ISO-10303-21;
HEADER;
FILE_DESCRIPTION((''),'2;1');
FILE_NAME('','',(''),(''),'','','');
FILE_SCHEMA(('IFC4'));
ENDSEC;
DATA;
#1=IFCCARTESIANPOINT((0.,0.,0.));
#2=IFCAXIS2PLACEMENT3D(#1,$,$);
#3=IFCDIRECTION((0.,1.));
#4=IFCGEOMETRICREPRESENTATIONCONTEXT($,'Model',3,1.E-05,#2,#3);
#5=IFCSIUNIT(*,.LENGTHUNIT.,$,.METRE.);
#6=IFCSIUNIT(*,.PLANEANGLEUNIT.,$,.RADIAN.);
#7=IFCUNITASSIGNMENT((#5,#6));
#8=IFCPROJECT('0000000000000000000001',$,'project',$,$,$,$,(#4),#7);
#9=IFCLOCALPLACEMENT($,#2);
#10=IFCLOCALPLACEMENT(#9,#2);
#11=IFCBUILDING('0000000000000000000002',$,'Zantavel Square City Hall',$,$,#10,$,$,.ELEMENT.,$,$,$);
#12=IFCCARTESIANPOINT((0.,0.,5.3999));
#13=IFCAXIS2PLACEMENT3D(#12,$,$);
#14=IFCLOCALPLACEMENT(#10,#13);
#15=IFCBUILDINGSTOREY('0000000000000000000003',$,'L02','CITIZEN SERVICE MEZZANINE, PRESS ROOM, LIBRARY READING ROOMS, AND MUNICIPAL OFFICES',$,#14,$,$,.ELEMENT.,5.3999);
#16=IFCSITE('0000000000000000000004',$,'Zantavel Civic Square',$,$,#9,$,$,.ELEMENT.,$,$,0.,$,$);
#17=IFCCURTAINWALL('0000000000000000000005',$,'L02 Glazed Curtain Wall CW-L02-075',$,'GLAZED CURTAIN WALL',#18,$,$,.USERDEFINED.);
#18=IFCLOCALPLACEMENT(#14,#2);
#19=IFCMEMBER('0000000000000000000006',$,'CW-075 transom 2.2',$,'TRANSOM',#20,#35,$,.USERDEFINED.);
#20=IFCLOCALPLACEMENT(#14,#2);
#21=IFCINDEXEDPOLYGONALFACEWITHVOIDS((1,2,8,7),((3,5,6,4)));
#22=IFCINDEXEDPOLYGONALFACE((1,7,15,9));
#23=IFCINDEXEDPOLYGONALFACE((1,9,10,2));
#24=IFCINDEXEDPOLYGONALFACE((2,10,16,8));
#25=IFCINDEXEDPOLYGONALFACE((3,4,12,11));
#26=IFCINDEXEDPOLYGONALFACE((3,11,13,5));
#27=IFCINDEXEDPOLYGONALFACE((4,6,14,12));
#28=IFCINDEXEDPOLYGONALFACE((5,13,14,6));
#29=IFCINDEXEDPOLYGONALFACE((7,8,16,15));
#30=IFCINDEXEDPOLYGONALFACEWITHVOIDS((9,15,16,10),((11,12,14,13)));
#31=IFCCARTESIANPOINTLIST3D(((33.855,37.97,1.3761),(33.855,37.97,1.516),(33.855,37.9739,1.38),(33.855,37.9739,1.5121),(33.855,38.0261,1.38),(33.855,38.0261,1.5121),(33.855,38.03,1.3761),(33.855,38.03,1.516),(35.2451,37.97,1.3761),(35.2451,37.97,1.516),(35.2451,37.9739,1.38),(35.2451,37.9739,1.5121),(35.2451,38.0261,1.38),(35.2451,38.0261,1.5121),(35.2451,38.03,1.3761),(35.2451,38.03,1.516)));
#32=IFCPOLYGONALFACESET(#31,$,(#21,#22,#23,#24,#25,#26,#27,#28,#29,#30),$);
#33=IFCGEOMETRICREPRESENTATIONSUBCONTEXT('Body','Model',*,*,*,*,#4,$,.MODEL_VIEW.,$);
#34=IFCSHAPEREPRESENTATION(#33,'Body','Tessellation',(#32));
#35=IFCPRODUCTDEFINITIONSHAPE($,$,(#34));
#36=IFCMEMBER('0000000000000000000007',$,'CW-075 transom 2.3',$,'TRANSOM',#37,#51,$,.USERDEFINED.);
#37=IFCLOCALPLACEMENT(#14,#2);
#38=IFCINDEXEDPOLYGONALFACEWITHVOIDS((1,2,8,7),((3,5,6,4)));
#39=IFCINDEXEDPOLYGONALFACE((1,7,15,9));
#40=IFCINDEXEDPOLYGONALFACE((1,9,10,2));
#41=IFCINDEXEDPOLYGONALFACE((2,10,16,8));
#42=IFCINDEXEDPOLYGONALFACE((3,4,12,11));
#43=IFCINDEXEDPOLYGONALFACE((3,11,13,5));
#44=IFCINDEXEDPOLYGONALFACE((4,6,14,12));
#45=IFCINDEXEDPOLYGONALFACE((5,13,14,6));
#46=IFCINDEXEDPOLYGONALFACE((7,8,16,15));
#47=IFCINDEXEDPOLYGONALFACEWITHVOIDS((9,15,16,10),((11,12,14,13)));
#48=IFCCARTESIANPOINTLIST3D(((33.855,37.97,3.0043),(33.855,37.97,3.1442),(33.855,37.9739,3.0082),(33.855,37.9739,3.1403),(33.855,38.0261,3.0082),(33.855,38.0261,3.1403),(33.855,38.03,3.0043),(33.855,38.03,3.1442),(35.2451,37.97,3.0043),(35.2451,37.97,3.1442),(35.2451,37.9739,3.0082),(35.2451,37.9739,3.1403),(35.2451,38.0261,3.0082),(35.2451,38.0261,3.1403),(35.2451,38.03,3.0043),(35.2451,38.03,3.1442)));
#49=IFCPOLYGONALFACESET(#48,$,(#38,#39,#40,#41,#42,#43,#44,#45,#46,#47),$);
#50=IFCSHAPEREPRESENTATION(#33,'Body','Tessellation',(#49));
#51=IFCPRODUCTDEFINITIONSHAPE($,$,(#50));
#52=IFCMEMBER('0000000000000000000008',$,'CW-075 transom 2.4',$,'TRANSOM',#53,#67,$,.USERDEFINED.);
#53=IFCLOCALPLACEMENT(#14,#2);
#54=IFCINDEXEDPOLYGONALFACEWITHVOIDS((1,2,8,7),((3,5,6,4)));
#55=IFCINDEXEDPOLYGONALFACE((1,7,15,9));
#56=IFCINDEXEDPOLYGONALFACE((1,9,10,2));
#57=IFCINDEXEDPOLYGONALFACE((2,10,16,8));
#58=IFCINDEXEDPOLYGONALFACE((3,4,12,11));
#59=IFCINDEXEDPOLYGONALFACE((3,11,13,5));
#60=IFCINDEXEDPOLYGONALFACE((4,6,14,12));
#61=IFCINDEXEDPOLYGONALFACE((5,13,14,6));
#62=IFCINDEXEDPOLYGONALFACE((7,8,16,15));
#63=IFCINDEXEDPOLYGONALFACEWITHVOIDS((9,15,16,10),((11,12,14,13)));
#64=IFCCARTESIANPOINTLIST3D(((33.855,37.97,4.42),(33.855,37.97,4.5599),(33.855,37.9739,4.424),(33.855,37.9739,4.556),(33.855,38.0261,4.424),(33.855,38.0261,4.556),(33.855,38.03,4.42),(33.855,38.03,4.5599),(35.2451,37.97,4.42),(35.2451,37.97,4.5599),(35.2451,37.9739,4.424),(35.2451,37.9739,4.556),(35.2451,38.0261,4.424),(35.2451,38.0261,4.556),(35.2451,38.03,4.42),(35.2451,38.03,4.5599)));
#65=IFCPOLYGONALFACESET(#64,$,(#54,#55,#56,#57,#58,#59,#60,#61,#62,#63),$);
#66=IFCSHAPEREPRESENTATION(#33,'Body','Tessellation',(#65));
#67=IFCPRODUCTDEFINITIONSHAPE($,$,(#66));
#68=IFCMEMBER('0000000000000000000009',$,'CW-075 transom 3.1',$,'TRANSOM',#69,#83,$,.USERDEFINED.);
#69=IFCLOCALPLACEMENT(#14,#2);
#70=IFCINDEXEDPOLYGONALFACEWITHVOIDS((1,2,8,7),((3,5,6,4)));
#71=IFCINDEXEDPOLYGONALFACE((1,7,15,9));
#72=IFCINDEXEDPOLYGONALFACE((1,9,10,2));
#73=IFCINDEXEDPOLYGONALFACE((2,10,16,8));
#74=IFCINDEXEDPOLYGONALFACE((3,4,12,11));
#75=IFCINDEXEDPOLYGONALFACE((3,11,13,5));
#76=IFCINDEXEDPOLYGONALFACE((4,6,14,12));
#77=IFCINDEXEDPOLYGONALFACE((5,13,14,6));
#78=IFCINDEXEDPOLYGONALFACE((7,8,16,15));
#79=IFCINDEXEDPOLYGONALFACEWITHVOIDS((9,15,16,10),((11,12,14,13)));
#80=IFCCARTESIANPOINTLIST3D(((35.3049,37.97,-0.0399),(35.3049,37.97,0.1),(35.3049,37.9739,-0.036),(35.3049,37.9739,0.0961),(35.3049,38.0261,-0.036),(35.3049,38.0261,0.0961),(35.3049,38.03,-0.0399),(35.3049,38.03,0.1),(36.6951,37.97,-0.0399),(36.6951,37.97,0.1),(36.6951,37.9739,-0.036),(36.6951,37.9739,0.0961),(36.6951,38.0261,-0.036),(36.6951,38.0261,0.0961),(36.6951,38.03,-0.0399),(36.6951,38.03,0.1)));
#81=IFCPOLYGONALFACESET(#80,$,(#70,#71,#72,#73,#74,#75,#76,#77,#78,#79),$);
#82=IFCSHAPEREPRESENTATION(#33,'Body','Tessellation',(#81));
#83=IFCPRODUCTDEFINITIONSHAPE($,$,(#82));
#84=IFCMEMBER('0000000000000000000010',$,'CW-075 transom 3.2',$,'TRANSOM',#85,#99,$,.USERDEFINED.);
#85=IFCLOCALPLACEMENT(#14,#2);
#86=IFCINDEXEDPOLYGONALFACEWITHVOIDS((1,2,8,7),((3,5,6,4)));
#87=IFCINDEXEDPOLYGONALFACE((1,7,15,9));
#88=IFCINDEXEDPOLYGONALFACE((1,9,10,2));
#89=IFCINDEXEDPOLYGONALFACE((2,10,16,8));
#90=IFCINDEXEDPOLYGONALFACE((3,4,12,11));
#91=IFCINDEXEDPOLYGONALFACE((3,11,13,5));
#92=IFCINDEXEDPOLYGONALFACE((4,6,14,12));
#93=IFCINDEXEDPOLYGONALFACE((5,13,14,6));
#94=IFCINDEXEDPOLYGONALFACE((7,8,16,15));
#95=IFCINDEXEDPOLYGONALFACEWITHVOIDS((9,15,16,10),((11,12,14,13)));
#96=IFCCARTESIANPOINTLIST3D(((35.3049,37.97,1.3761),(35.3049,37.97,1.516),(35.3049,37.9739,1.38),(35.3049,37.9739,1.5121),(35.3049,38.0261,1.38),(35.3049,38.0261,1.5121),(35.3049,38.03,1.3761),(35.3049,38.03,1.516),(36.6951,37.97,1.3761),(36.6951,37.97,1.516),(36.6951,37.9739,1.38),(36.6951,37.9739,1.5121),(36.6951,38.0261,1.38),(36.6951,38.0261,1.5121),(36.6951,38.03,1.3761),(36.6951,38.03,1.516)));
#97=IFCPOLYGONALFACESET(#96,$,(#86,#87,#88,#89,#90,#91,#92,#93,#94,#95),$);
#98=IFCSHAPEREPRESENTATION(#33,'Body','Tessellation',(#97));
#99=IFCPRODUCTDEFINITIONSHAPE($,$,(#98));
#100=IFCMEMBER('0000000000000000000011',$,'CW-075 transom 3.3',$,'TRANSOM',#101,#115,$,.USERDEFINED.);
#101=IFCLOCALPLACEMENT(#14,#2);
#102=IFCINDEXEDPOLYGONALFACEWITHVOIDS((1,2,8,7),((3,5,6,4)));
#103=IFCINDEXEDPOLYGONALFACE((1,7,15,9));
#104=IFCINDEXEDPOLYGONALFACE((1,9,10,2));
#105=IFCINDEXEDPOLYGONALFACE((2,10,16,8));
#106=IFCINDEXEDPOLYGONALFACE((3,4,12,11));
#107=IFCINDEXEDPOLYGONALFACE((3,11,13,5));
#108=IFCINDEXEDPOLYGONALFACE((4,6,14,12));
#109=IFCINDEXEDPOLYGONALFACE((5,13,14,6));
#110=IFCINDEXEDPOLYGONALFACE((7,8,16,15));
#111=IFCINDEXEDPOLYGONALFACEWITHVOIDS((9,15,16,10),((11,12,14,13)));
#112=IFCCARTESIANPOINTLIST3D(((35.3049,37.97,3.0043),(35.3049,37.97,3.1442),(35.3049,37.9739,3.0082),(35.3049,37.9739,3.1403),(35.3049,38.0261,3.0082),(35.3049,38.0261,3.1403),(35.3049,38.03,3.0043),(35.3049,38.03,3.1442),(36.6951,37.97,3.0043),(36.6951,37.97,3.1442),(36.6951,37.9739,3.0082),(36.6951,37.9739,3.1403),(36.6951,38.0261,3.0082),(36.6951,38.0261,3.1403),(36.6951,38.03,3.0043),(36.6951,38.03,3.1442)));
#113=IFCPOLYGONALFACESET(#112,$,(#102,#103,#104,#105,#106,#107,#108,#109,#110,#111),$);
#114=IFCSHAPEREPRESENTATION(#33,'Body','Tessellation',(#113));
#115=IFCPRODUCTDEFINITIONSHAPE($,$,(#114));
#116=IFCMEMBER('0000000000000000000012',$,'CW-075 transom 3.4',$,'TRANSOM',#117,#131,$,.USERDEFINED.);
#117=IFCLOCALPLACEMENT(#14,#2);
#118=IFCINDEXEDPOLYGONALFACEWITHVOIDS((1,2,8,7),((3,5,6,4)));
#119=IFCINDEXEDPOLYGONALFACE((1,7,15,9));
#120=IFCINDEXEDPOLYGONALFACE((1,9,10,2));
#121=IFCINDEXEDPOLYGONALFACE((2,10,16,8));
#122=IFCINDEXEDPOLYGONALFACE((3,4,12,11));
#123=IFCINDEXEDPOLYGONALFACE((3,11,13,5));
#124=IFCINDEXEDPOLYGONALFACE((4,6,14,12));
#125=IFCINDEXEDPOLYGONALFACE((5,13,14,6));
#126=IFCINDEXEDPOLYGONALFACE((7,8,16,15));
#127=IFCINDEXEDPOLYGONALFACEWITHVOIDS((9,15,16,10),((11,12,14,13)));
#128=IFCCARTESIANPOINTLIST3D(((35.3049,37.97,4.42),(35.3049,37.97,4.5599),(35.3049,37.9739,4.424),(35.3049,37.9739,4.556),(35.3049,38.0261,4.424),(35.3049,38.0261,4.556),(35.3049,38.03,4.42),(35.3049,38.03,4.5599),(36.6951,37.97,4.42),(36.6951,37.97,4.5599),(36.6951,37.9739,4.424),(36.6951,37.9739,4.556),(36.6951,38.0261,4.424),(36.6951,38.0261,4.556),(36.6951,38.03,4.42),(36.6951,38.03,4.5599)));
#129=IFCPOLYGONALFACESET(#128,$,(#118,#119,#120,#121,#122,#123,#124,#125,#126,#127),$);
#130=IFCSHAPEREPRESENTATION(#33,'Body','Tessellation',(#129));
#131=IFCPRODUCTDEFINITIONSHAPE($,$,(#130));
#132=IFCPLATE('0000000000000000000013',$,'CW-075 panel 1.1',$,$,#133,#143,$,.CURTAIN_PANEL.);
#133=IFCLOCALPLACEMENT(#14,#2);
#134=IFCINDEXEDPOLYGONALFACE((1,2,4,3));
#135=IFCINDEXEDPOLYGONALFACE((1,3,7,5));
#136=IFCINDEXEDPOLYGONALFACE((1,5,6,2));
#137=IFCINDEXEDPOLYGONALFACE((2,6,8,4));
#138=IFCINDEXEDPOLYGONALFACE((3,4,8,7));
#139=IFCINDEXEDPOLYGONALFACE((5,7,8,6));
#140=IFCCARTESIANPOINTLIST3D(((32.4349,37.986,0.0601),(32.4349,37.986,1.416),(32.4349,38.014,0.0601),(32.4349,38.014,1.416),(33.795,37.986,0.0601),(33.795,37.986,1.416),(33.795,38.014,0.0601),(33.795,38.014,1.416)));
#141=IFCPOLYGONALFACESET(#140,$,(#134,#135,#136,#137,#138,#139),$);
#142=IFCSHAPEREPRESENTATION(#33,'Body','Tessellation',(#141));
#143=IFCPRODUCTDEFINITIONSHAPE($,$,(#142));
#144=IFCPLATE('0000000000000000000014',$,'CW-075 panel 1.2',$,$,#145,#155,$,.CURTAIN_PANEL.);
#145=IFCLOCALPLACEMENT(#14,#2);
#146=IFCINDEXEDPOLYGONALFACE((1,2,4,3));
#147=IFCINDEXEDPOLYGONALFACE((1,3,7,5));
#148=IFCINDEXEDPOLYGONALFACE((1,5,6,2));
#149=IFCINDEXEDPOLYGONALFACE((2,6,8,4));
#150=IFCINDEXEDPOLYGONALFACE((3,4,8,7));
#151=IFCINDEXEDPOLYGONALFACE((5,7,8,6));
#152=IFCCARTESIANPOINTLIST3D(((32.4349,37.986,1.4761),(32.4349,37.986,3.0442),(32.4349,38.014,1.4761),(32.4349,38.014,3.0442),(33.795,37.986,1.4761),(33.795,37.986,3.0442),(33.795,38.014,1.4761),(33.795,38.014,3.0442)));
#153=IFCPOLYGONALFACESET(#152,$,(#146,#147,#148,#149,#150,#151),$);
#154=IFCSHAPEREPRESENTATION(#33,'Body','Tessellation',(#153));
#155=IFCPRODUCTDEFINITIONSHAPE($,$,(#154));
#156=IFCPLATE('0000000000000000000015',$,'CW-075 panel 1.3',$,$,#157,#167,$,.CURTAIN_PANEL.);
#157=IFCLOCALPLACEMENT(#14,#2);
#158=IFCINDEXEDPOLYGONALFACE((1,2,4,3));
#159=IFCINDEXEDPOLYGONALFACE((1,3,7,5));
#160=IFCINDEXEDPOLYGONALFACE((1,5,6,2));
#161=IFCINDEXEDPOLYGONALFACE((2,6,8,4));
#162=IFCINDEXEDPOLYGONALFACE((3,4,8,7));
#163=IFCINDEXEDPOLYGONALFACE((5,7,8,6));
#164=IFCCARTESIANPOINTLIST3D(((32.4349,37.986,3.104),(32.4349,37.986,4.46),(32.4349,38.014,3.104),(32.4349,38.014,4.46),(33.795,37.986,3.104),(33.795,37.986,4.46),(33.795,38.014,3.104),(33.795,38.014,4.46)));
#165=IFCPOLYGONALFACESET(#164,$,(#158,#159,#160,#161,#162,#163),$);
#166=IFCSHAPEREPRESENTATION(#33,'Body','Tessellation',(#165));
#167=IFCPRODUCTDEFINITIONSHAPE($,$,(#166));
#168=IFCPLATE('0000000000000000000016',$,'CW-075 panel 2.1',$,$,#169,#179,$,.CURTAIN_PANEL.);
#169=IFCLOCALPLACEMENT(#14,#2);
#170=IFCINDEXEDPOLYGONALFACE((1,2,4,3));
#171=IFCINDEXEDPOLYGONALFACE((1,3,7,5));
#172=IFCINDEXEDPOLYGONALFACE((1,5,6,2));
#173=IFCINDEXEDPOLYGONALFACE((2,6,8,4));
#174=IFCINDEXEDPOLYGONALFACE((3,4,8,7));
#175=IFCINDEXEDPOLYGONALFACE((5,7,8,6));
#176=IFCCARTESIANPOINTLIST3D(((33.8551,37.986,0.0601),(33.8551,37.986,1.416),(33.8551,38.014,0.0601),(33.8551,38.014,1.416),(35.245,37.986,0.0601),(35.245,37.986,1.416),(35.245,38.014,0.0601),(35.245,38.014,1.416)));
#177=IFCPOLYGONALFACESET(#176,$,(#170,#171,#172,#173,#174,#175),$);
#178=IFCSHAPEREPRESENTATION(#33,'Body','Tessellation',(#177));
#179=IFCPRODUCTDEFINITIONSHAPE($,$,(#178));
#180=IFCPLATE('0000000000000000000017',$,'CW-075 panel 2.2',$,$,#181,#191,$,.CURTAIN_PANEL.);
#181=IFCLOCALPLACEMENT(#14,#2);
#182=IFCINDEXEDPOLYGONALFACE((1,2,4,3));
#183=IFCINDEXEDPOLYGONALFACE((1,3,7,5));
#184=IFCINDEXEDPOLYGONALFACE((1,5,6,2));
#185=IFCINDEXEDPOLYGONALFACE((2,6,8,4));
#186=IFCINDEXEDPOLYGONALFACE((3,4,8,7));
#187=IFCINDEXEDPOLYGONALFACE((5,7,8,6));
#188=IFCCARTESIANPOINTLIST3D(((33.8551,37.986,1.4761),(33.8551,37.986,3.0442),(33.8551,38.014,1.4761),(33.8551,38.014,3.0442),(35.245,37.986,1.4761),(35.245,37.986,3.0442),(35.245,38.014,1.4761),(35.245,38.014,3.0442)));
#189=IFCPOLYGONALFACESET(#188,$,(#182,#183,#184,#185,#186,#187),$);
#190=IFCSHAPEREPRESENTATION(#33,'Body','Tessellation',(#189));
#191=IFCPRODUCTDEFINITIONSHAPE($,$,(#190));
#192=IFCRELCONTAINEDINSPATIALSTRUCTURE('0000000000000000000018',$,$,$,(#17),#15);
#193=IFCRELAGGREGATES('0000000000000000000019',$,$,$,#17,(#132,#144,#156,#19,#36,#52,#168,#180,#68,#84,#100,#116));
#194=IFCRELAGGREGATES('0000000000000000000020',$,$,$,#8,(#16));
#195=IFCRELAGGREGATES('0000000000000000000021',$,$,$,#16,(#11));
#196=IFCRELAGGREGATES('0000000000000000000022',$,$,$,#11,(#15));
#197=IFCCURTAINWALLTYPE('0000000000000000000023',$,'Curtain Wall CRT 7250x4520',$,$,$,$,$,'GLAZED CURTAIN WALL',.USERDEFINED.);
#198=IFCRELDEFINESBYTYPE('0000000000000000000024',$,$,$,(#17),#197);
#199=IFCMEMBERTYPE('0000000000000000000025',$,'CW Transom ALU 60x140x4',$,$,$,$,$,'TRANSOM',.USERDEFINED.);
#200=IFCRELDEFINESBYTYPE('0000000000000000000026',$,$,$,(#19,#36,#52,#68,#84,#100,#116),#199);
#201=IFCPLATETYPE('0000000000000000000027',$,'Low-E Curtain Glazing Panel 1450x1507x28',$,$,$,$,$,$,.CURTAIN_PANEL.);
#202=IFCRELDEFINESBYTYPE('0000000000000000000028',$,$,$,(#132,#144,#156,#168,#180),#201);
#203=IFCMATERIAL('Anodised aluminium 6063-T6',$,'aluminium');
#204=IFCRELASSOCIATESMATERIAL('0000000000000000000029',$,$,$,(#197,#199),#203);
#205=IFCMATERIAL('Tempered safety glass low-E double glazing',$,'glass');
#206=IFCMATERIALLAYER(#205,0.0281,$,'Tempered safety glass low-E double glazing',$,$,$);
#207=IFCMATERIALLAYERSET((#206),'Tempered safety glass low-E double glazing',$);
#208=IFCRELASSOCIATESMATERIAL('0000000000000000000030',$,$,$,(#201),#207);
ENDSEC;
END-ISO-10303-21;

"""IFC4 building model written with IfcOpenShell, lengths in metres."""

from ifc_helpers import new_model, si_unit, direction, frame, origin, origin_2d, place, context, subcontext, project, spatial, rectangle, hollow_rectangle, extrude, material, layer, layer_set, material_profile, profile_set, type_object, element, aggregate, save


model = new_model("IFC4")

# Units and contexts
model_context = context("Model", 3, precision=1e-05, world=origin(), true_north=direction((0.0, 1.0)))
body_context = subcontext(model_context, "Body", "Model", "MODEL_VIEW")
ifc_project = project(units=[si_unit("LENGTHUNIT", "METRE"), si_unit("PLANEANGLEUNIT", "RADIAN")], contexts=[model_context])

# Site, building, storey
site_placement = place(None, origin())
site = spatial("IfcSite", under=ifc_project, at=site_placement, Name="Zantavel Civic Square", CompositionType="ELEMENT", RefElevation=0.0)
building_placement = place(site_placement, origin())
building = spatial("IfcBuilding", under=site, at=building_placement, Name="Zantavel Square City Hall", CompositionType="ELEMENT")
storey_placement = place(building_placement, frame((0.0, 0.0, 5.3999)))
storey = spatial("IfcBuildingStorey", under=building, at=storey_placement, Name="L02", Description="CITIZEN SERVICE MEZZANINE, PRESS ROOM, LIBRARY READING ROOMS, AND MUNICIPAL OFFICES", CompositionType="ELEMENT", Elevation=5.3999)

# Curtain wall, members, plates
ifc_material_1 = material(Name="Anodised aluminium 6063-T6", Category="aluminium")
curtain_wall_type = type_object("IfcCurtainWallType", Name="Curtain Wall CRT 7250x4520", ElementType="GLAZED CURTAIN WALL", PredefinedType="USERDEFINED", material=ifc_material_1)
curtain_wall_placement = place(storey_placement, origin())
curtain_wall = element("IfcCurtainWall", 1, at=curtain_wall_placement, inside=storey, type_object=curtain_wall_type, Name="L02 Glazed Curtain Wall CW-L02-075", ObjectType="GLAZED CURTAIN WALL", PredefinedType="USERDEFINED")
ifc_material_profile_1 = material_profile(ifc_material_1, hollow_rectangle(XDim=0.0601, YDim=0.1399, WallThickness=0.0039, at=origin_2d()), Name="ALU 60x140x4")
ifc_profile_set_1 = profile_set([ifc_material_profile_1], Name="Anodised aluminium 6063-T6")
member_type_1 = type_object("IfcMemberType", Name="CW Transom ALU 60x140x4", ElementType="TRANSOM", PredefinedType="USERDEFINED", material=ifc_profile_set_1)
member_1_placement = place(storey_placement, frame((33.855, 38.0, 1.446), z_axis=(1.0, 0.0, 0.0), x_axis=(0.0, 1.0, 0.0)))
member_1 = element("IfcMember", 2, at=member_1_placement, type_object=member_type_1, Name="CW-075 transom 2.2", ObjectType="TRANSOM", PredefinedType="USERDEFINED", context=body_context, shape_type="SweptSolid", body=[
    extrude(hollow_rectangle(XDim=0.0601, YDim=0.1399, WallThickness=0.0039, at=origin_2d()), origin(), (0.0, 0.0, 1.0), 1.3901),
])
member_2_placement = place(storey_placement, frame((33.855, 38.0, 3.0742), z_axis=(1.0, 0.0, 0.0), x_axis=(0.0, 1.0, 0.0)))
member_2 = element("IfcMember", 3, at=member_2_placement, type_object=member_type_1, Name="CW-075 transom 2.3", ObjectType="TRANSOM", PredefinedType="USERDEFINED", context=body_context, shape_type="SweptSolid", body=[
    extrude(hollow_rectangle(XDim=0.0601, YDim=0.1399, WallThickness=0.0039, at=origin_2d()), origin(), (0.0, 0.0, 1.0), 1.3901),
])
member_3_placement = place(storey_placement, frame((33.855, 38.0, 4.49), z_axis=(1.0, 0.0, 0.0), x_axis=(0.0, 1.0, 0.0)))
member_3 = element("IfcMember", 4, at=member_3_placement, type_object=member_type_1, Name="CW-075 transom 2.4", ObjectType="TRANSOM", PredefinedType="USERDEFINED", context=body_context, shape_type="SweptSolid", body=[
    extrude(hollow_rectangle(XDim=0.0601, YDim=0.1399, WallThickness=0.0039, at=origin_2d()), origin(), (0.0, 0.0, 1.0), 1.3901),
])
member_4_placement = place(storey_placement, frame((35.3049, 38.0, 0.03), z_axis=(1.0, 0.0, 0.0), x_axis=(0.0, 1.0, 0.0)))
member_4 = element("IfcMember", 5, at=member_4_placement, type_object=member_type_1, Name="CW-075 transom 3.1", ObjectType="TRANSOM", PredefinedType="USERDEFINED", context=body_context, shape_type="SweptSolid", body=[
    extrude(hollow_rectangle(XDim=0.0601, YDim=0.1399, WallThickness=0.0039, at=origin_2d()), origin(), (0.0, 0.0, 1.0), 1.3901),
])
member_5_placement = place(storey_placement, frame((35.3049, 38.0, 1.446), z_axis=(1.0, 0.0, 0.0), x_axis=(0.0, 1.0, 0.0)))
member_5 = element("IfcMember", 6, at=member_5_placement, type_object=member_type_1, Name="CW-075 transom 3.2", ObjectType="TRANSOM", PredefinedType="USERDEFINED", context=body_context, shape_type="SweptSolid", body=[
    extrude(hollow_rectangle(XDim=0.0601, YDim=0.1399, WallThickness=0.0039, at=origin_2d()), origin(), (0.0, 0.0, 1.0), 1.3901),
])
member_6_placement = place(storey_placement, frame((35.3049, 38.0, 3.0742), z_axis=(1.0, 0.0, 0.0), x_axis=(0.0, 1.0, 0.0)))
member_6 = element("IfcMember", 7, at=member_6_placement, type_object=member_type_1, Name="CW-075 transom 3.3", ObjectType="TRANSOM", PredefinedType="USERDEFINED", context=body_context, shape_type="SweptSolid", body=[
    extrude(hollow_rectangle(XDim=0.0601, YDim=0.1399, WallThickness=0.0039, at=origin_2d()), origin(), (0.0, 0.0, 1.0), 1.3901),
])
member_7_placement = place(storey_placement, frame((35.3049, 38.0, 4.49), z_axis=(1.0, 0.0, 0.0), x_axis=(0.0, 1.0, 0.0)))
member_7 = element("IfcMember", 8, at=member_7_placement, type_object=member_type_1, Name="CW-075 transom 3.4", ObjectType="TRANSOM", PredefinedType="USERDEFINED", context=body_context, shape_type="SweptSolid", body=[
    extrude(hollow_rectangle(XDim=0.0601, YDim=0.1399, WallThickness=0.0039, at=origin_2d()), origin(), (0.0, 0.0, 1.0), 1.3901),
])
ifc_material_2 = material(Name="Tempered safety glass low-E double glazing", Category="glass")
ifc_layer = layer(ifc_material_2, 0.0281, Name="Tempered safety glass low-E double glazing")
ifc_layer_set = layer_set([ifc_layer], Name="Tempered safety glass low-E double glazing")
plate_type = type_object("IfcPlateType", Name="Low-E Curtain Glazing Panel 1450x1507x28", PredefinedType="CURTAIN_PANEL", material=ifc_layer_set)
plate_1_placement = place(storey_placement, frame((33.115, 38.0, 0.0601), z_axis=(0.0, 0.0, 1.0), x_axis=(1.0, 0.0, 0.0)))
plate_1 = element("IfcPlate", 9, at=plate_1_placement, type_object=plate_type, Name="CW-075 panel 1.1", PredefinedType="CURTAIN_PANEL", context=body_context, shape_type="SweptSolid", body=[
    extrude(rectangle(XDim=1.3601, YDim=0.0281, at=origin_2d()), origin(), (0.0, 0.0, 1.0), 1.356),
])
plate_2_placement = place(storey_placement, frame((33.115, 38.0, 1.4761), z_axis=(0.0, 0.0, 1.0), x_axis=(1.0, 0.0, 0.0)))
plate_2 = element("IfcPlate", 10, at=plate_2_placement, type_object=plate_type, Name="CW-075 panel 1.2", PredefinedType="CURTAIN_PANEL", context=body_context, shape_type="SweptSolid", body=[
    extrude(rectangle(XDim=1.3601, YDim=0.0281, at=origin_2d()), origin(), (0.0, 0.0, 1.0), 1.5681),
])
plate_3_placement = place(storey_placement, frame((33.115, 38.0, 3.104), z_axis=(0.0, 0.0, 1.0), x_axis=(1.0, 0.0, 0.0)))
plate_3 = element("IfcPlate", 11, at=plate_3_placement, type_object=plate_type, Name="CW-075 panel 1.3", PredefinedType="CURTAIN_PANEL", context=body_context, shape_type="SweptSolid", body=[
    extrude(rectangle(XDim=1.3601, YDim=0.0281, at=origin_2d()), origin(), (0.0, 0.0, 1.0), 1.356),
])
plate_4_placement = place(storey_placement, frame((34.55, 38.0, 0.0601), z_axis=(0.0, 0.0, 1.0), x_axis=(1.0, 0.0, 0.0)))
plate_4 = element("IfcPlate", 12, at=plate_4_placement, type_object=plate_type, Name="CW-075 panel 2.1", PredefinedType="CURTAIN_PANEL", context=body_context, shape_type="SweptSolid", body=[
    extrude(rectangle(XDim=1.3899, YDim=0.0281, at=origin_2d()), origin(), (0.0, 0.0, 1.0), 1.356),
])
plate_5_placement = place(storey_placement, frame((34.55, 38.0, 1.4761), z_axis=(0.0, 0.0, 1.0), x_axis=(1.0, 0.0, 0.0)))
plate_5 = element("IfcPlate", 13, at=plate_5_placement, type_object=plate_type, Name="CW-075 panel 2.2", PredefinedType="CURTAIN_PANEL", context=body_context, shape_type="SweptSolid", body=[
    extrude(rectangle(XDim=1.3899, YDim=0.0281, at=origin_2d()), origin(), (0.0, 0.0, 1.0), 1.5681),
])
aggregate(curtain_wall, [plate_1, plate_2, plate_3, member_1, member_2, member_3, plate_4, plate_5, member_4, member_5, member_6, member_7])

save(model, "model.ifc")
